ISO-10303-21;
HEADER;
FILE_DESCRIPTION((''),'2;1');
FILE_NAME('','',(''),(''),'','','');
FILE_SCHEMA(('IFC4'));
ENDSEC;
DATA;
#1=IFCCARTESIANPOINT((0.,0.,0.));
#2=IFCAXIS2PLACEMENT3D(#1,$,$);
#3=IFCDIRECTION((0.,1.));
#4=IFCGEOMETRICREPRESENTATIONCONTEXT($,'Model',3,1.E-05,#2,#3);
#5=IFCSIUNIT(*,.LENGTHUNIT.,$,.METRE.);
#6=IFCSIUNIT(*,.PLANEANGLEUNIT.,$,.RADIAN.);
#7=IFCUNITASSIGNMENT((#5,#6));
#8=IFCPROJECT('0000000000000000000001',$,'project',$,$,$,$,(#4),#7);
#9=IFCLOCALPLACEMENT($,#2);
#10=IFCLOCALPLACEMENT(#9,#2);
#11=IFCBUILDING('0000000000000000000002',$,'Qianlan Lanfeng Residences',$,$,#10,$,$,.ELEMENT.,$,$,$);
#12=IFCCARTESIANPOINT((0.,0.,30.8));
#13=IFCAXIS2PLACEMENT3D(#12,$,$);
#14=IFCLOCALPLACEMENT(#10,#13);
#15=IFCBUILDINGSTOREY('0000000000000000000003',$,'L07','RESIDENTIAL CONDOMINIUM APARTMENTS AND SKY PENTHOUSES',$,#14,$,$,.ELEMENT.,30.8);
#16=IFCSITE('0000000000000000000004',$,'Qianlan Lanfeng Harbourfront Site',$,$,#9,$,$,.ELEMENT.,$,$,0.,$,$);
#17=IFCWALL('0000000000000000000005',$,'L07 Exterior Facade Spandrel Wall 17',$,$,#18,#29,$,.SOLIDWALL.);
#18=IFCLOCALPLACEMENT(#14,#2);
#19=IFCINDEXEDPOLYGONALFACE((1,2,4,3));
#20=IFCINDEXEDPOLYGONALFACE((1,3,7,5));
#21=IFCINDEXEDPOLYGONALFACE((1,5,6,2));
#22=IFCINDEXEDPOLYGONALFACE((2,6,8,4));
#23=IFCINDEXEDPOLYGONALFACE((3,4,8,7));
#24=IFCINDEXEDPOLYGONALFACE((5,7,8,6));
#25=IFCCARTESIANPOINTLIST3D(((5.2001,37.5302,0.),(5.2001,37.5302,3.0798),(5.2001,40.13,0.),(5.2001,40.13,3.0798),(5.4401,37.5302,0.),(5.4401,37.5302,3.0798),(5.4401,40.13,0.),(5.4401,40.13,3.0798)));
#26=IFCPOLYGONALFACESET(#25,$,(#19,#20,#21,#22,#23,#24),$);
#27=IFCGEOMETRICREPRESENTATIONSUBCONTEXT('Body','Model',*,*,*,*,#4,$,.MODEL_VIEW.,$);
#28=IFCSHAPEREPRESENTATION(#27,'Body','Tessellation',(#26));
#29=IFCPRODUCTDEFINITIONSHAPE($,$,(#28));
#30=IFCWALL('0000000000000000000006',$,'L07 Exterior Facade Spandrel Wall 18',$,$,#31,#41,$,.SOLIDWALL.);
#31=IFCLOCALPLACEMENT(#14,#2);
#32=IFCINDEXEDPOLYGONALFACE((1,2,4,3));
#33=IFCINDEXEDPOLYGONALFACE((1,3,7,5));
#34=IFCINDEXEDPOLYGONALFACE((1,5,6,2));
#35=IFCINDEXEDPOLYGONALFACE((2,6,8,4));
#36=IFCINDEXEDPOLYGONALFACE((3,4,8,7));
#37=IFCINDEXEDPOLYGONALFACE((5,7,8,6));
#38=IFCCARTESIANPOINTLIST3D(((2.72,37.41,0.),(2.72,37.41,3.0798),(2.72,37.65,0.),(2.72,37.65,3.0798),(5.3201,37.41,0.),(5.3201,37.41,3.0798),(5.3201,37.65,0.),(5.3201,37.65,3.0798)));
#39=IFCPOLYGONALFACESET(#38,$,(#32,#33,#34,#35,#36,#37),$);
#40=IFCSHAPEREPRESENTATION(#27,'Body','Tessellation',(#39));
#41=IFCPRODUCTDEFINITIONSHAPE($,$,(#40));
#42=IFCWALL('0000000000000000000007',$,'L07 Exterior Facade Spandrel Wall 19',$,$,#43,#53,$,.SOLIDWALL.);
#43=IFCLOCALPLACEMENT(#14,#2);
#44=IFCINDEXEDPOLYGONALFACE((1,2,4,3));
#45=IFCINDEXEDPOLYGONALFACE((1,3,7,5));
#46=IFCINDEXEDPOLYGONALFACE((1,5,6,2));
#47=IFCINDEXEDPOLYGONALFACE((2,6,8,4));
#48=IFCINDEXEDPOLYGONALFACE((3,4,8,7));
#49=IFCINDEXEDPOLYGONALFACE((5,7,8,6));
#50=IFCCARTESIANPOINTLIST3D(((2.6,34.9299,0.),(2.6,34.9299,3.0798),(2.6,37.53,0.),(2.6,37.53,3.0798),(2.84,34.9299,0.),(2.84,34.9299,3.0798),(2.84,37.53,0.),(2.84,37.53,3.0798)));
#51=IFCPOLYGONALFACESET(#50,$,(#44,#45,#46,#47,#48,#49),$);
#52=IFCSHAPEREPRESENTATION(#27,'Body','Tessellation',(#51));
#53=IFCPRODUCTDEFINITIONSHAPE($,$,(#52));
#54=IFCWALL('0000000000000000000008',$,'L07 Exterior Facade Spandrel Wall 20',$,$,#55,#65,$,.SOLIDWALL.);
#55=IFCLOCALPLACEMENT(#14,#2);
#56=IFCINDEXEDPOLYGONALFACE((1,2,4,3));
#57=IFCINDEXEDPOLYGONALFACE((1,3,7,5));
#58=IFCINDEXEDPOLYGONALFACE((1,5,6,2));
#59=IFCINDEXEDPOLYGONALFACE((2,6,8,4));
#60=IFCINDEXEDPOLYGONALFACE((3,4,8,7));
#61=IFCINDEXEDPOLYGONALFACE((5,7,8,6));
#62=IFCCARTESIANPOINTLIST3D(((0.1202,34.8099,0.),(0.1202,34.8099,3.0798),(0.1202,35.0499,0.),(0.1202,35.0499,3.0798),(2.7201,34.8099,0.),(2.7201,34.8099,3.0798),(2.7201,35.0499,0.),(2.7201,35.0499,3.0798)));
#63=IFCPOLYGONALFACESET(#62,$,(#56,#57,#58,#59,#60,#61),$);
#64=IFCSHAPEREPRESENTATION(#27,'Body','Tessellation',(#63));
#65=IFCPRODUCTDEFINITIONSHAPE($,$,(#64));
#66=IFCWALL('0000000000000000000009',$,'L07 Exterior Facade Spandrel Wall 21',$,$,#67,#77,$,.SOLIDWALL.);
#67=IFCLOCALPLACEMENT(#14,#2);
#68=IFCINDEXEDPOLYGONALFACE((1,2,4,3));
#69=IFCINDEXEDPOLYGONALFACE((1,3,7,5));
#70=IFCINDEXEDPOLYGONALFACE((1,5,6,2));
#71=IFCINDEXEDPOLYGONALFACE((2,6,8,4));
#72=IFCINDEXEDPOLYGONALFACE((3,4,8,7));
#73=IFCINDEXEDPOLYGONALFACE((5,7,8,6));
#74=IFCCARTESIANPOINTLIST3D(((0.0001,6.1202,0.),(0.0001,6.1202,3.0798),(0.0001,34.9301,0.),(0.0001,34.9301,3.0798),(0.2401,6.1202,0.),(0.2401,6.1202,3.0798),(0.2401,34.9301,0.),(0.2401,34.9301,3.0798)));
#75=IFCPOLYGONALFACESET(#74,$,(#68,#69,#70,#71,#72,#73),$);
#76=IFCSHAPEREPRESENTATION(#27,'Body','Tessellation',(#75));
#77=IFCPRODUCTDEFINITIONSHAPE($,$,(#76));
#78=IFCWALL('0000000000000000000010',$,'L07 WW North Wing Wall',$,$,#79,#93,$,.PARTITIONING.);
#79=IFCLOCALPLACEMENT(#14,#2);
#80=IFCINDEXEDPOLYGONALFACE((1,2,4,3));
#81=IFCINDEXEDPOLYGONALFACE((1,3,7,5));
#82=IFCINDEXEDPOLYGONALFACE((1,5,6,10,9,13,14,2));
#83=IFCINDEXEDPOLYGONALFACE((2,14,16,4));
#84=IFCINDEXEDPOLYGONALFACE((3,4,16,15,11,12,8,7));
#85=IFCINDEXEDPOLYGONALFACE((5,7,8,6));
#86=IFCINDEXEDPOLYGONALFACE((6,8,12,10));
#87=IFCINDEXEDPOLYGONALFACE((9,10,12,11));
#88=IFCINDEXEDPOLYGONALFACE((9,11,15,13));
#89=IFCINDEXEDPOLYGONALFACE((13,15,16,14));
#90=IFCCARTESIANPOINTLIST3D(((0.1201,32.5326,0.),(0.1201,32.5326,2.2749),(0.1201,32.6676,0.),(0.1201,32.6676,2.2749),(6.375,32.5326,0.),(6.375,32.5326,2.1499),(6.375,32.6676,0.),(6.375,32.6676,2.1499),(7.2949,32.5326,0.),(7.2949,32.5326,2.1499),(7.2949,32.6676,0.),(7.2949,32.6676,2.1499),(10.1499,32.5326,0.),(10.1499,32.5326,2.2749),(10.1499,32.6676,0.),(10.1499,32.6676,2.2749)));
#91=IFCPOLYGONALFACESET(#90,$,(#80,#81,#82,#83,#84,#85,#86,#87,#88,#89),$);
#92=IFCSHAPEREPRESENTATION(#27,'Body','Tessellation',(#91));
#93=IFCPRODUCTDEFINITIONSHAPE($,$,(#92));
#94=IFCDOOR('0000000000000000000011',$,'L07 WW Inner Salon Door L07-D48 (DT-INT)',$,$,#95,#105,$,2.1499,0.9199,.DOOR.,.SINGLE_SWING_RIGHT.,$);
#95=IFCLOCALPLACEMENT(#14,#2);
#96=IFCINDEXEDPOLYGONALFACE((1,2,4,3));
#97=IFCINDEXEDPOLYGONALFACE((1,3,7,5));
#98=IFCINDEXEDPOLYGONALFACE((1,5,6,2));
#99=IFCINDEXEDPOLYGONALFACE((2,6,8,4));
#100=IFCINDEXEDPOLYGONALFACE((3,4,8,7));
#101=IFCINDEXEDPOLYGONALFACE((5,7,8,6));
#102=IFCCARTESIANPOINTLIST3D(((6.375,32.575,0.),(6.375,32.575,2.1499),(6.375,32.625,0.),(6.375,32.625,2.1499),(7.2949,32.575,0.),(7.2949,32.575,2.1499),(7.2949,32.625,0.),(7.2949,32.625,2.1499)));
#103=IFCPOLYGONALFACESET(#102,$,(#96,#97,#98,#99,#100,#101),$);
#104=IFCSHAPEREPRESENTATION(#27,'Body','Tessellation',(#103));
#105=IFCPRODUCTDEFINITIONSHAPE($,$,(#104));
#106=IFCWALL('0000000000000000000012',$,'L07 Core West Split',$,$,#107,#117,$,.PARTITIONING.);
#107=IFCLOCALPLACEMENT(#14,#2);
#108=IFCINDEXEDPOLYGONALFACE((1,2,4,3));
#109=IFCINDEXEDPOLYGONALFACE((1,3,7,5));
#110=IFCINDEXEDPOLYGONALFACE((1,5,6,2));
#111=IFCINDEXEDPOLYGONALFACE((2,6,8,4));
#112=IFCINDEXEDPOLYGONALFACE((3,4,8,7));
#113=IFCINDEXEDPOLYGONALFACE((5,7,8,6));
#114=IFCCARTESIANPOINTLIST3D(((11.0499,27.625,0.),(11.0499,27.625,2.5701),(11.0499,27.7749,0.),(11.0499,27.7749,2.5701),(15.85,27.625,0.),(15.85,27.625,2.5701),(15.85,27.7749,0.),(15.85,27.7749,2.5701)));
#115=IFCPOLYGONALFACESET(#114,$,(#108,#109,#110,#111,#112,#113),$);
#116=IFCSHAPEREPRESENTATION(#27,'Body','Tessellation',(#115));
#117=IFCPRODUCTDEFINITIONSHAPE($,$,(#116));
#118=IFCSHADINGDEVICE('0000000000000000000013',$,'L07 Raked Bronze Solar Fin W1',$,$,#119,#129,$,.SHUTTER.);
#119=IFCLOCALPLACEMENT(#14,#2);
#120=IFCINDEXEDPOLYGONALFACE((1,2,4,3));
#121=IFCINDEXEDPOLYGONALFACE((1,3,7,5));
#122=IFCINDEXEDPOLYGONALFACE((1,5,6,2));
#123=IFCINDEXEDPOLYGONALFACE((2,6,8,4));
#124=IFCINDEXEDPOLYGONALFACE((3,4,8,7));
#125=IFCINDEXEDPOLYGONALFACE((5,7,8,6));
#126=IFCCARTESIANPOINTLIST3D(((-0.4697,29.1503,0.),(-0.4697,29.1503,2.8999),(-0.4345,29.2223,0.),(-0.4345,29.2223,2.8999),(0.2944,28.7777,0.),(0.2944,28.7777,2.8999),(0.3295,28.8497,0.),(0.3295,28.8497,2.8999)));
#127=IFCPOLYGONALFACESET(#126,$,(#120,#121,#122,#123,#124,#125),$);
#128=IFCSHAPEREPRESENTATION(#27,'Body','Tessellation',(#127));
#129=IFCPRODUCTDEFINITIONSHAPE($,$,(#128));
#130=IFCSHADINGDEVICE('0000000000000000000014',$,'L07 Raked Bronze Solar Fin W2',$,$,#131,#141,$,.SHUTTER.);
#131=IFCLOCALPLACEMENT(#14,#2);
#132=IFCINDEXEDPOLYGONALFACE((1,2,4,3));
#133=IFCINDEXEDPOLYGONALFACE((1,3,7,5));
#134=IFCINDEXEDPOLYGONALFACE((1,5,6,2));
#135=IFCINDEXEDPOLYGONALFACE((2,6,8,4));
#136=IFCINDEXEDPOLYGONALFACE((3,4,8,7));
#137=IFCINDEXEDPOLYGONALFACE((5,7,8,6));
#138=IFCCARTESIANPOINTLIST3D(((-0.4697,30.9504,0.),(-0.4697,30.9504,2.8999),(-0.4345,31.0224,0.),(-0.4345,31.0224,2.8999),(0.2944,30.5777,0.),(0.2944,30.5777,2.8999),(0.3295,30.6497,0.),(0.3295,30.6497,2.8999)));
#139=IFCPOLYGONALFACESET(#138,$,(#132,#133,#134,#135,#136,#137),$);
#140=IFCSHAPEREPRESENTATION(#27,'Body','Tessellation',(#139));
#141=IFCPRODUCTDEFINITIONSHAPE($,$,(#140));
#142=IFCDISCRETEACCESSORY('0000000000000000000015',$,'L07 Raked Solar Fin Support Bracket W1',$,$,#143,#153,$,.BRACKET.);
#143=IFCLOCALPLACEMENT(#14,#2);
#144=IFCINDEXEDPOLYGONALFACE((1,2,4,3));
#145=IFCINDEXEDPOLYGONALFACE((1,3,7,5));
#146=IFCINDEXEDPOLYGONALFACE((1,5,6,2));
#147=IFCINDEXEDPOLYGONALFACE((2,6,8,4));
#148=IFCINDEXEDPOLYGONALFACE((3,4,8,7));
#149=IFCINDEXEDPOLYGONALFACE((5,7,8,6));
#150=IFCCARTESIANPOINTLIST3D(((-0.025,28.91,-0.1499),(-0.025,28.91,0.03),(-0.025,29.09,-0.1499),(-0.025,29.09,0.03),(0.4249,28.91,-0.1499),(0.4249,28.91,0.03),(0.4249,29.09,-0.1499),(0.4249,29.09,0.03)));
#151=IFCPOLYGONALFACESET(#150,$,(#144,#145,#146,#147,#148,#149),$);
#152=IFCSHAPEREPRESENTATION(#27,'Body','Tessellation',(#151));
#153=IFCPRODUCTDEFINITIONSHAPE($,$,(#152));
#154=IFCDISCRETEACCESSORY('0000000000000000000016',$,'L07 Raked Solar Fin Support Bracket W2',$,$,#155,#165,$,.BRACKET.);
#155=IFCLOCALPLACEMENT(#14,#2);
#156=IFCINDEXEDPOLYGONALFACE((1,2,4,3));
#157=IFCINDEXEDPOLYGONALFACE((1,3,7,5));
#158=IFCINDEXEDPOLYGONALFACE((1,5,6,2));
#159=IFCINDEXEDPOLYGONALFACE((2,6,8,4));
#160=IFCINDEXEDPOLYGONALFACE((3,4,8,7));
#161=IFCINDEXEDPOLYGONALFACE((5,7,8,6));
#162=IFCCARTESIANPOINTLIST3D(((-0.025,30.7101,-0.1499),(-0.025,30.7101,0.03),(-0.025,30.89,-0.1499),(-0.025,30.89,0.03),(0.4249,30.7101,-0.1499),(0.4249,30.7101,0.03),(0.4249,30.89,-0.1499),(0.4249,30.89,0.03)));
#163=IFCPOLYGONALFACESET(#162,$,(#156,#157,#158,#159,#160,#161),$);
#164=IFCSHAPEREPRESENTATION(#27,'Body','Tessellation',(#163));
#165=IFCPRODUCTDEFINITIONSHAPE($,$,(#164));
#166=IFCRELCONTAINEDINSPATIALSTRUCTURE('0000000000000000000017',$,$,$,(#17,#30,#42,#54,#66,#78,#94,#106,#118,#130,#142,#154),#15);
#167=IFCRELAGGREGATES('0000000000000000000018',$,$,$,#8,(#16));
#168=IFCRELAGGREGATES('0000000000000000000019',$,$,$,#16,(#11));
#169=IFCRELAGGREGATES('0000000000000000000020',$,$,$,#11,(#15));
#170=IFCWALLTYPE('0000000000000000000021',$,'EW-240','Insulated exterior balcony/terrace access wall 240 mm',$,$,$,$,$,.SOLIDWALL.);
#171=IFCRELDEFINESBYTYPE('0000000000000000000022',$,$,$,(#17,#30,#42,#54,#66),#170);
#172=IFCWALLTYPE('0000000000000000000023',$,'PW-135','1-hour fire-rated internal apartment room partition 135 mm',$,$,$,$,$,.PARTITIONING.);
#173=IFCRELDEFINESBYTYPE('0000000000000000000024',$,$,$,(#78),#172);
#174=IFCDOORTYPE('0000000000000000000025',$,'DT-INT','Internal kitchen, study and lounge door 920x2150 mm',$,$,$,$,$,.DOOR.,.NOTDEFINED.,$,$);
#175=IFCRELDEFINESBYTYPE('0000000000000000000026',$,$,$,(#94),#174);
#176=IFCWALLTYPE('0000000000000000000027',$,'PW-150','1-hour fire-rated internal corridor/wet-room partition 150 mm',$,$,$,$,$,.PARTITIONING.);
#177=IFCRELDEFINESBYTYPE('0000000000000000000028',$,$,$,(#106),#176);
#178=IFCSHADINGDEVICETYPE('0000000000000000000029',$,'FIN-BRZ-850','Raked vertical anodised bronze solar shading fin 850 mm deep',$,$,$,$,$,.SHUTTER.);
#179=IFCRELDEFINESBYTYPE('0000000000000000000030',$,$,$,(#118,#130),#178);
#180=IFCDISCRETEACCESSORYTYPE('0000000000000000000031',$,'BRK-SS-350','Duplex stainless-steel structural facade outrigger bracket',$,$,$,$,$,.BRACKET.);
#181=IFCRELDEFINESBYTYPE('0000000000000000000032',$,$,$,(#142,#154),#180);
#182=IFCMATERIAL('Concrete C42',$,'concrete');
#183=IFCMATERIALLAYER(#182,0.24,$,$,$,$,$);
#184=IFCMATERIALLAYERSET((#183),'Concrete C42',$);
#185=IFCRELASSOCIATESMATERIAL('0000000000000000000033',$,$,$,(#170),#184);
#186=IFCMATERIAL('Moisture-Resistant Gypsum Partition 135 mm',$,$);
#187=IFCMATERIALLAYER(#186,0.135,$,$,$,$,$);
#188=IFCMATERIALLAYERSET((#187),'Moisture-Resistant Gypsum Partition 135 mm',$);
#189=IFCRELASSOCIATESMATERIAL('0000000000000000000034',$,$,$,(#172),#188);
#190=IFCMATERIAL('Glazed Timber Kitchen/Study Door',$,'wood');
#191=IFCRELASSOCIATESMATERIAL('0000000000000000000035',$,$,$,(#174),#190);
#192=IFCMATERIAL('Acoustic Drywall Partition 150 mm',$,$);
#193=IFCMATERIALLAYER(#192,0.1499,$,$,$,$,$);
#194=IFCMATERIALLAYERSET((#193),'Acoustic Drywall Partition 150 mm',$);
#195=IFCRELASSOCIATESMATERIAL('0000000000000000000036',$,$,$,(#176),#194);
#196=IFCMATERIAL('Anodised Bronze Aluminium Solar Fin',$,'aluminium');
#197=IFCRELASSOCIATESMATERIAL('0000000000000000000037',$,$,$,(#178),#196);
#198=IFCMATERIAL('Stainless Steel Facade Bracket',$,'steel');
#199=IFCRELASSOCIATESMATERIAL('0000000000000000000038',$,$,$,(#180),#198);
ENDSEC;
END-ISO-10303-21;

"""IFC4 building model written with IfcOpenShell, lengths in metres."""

from ifc_helpers import new_model, si_unit, direction, frame, frame_2d, origin, origin_2d, place, context, subcontext, project, spatial, rectangle, extrude, source, transform, mapped, material, layer, layer_set, type_object, element, fill, save


model = new_model("IFC4")

# Units and contexts
model_context = context("Model", 3, precision=1e-05, world=origin(), true_north=direction((0.0, 1.0)))
body_context = subcontext(model_context, "Body", "Model", "MODEL_VIEW")
ifc_project = project(units=[si_unit("LENGTHUNIT", "METRE"), si_unit("PLANEANGLEUNIT", "RADIAN")], contexts=[model_context])

# Site, building, storey
site_placement = place(None, origin())
site = spatial("IfcSite", under=ifc_project, at=site_placement, Name="Qianlan Lanfeng Harbourfront Site", CompositionType="ELEMENT", RefElevation=0.0)
building_placement = place(site_placement, origin())
building = spatial("IfcBuilding", under=site, at=building_placement, Name="Qianlan Lanfeng Residences", CompositionType="ELEMENT")
storey_placement = place(building_placement, frame((0.0, 0.0, 30.8)))
storey = spatial("IfcBuildingStorey", under=building, at=storey_placement, Name="L07", Description="RESIDENTIAL CONDOMINIUM APARTMENTS AND SKY PENTHOUSES", CompositionType="ELEMENT", Elevation=30.8)

# Walls
ifc_material_1 = material(Name="Concrete C42", Category="concrete")
ifc_layer_1 = layer(ifc_material_1, 0.24)
ifc_layer_set_1 = layer_set([ifc_layer_1], Name="Concrete C42")
wall_type_1 = type_object("IfcWallType", Name="EW-240", Description="Insulated exterior balcony/terrace access wall 240 mm", PredefinedType="SOLIDWALL", material=ifc_layer_set_1)
wall_1_placement = place(storey_placement, frame((5.3201, 40.1299, 0.0), z_axis=(0.0, 0.0, 1.0), x_axis=(0.0, -1.0, 0.0)))
element("IfcWall", 1, at=wall_1_placement, inside=storey, type_object=wall_type_1, Name="L07 Exterior Facade Spandrel Wall 17", PredefinedType="SOLIDWALL", context=body_context, shape_type="SweptSolid", body=[
    extrude(rectangle(XDim=2.5999, YDim=0.24, at=frame_2d((1.2998, 0.0))), origin(), (0.0, 0.0, 1.0), 3.0798),
])
for number, where, z_axis, x_axis, name in (
    (2, (5.3201, 37.53, 0.0), (0.0, 0.0, 1.0), (-1.0, 0.0, 0.0), "L07 Exterior Facade Spandrel Wall 18"),
    (3, (2.72, 37.53, 0.0), (0.0, 0.0, 1.0), (0.0, -1.0, 0.0), "L07 Exterior Facade Spandrel Wall 19"),
):
    element("IfcWall", number, at=place(storey_placement, frame(where, z_axis=z_axis, x_axis=x_axis)), inside=storey, type_object=wall_type_1, Name=name, PredefinedType="SOLIDWALL", context=body_context, shape_type="SweptSolid", body=[
        extrude(rectangle(XDim=2.6001, YDim=0.24, at=frame_2d((1.3, 0.0))), origin(), (0.0, 0.0, 1.0), 3.0798),
    ])
wall_2_placement = place(storey_placement, frame((2.72, 34.9299, 0.0), z_axis=(0.0, 0.0, 1.0), x_axis=(-1.0, 0.0, 0.0)))
element("IfcWall", 4, at=wall_2_placement, inside=storey, type_object=wall_type_1, Name="L07 Exterior Facade Spandrel Wall 20", PredefinedType="SOLIDWALL", context=body_context, shape_type="SweptSolid", body=[
    extrude(rectangle(XDim=2.5999, YDim=0.24, at=frame_2d((1.2998, 0.0))), origin(), (0.0, 0.0, 1.0), 3.0798),
])
wall_3_placement = place(storey_placement, frame((0.1201, 34.9299, 0.0), z_axis=(0.0, 0.0, 1.0), x_axis=(0.0, -1.0, 0.0)))
element("IfcWall", 5, at=wall_3_placement, inside=storey, type_object=wall_type_1, Name="L07 Exterior Facade Spandrel Wall 21", PredefinedType="SOLIDWALL", context=body_context, shape_type="SweptSolid", body=[
    extrude(rectangle(XDim=28.8098, YDim=0.24, at=frame_2d((14.4048, 0.0))), origin(), (0.0, 0.0, 1.0), 3.0798),
])

# Wall, opening, door
ifc_material_2 = material(Name="Moisture-Resistant Gypsum Partition 135 mm")
ifc_layer_2 = layer(ifc_material_2, 0.135)
ifc_layer_set_2 = layer_set([ifc_layer_2], Name="Moisture-Resistant Gypsum Partition 135 mm")
wall_type_2 = type_object("IfcWallType", Name="PW-135", Description="1-hour fire-rated internal apartment room partition 135 mm", PredefinedType="PARTITIONING", material=ifc_layer_set_2)
wall_4_placement = place(storey_placement, frame((0.1201, 32.6001, 0.0), z_axis=(0.0, 0.0, 1.0), x_axis=(1.0, 0.0, 0.0)))
wall_4 = element("IfcWall", 6, at=wall_4_placement, inside=storey, type_object=wall_type_2, Name="L07 WW North Wing Wall", PredefinedType="PARTITIONING", context=body_context, shape_type="SweptSolid", body=[
    extrude(rectangle(XDim=10.0298, YDim=0.135, at=frame_2d((5.0149, 0.0))), origin(), (0.0, 0.0, 1.0), 2.2749),
])
opening_1_placement = place(wall_4_placement, frame((6.2549, 0.0, 0.0)))
opening_1 = element("IfcOpeningElement", 7, at=opening_1_placement, cuts=wall_4, PredefinedType="OPENING", context=body_context, shape_type="SweptSolid", body=[
    extrude(rectangle(XDim=0.9199, YDim=2.1499, at=frame_2d((0.46, 1.075))), frame((0.0, 0.0776, 0.0), z_axis=(0.0, -1.0, 0.0), x_axis=(1.0, 0.0, 0.0)), (0.0, 0.0, 1.0), 0.155),
])
ifc_material_3 = material(Name="Glazed Timber Kitchen/Study Door", Category="wood")
door_type_1 = type_object("IfcDoorType", Name="DT-INT", Description="Internal kitchen, study and lounge door 920x2150 mm", OperationType="NOTDEFINED", PredefinedType="DOOR", material=ifc_material_3)
door_1_placement = place(opening_1_placement, origin())
door_1 = element("IfcDoor", 8, at=door_1_placement, inside=storey, type_object=door_type_1, Name="L07 WW Inner Salon Door L07-D48 (DT-INT)", OperationType="SINGLE_SWING_RIGHT", OverallHeight=2.1499, OverallWidth=0.9199, PredefinedType="DOOR", context=body_context, shape_type="SweptSolid", body=[
    extrude(rectangle(XDim=0.9199, YDim=2.1499, at=frame_2d((0.46, 1.075))), frame((0.0, 0.0249, 0.0), z_axis=(0.0, -1.0, 0.0), x_axis=(1.0, 0.0, 0.0)), (0.0, 0.0, 1.0), 0.05),
])
fill(opening_1, door_1)

# Wall
ifc_material_4 = material(Name="Acoustic Drywall Partition 150 mm")
ifc_layer_3 = layer(ifc_material_4, 0.1499)
ifc_layer_set_3 = layer_set([ifc_layer_3], Name="Acoustic Drywall Partition 150 mm")
wall_type_3 = type_object("IfcWallType", Name="PW-150", Description="1-hour fire-rated internal corridor/wet-room partition 150 mm", PredefinedType="PARTITIONING", material=ifc_layer_set_3)
wall_5_placement = place(storey_placement, frame((11.05, 27.7, 0.0), z_axis=(0.0, 0.0, 1.0), x_axis=(1.0, 0.0, 0.0)))
element("IfcWall", 9, at=wall_5_placement, inside=storey, type_object=wall_type_3, Name="L07 Core West Split", PredefinedType="PARTITIONING", context=body_context, shape_type="SweptSolid", body=[
    extrude(rectangle(XDim=4.8, YDim=0.1499, at=frame_2d((2.3999, 0.0))), origin(), (0.0, 0.0, 1.0), 2.5701),
])

# Shading devices
ifc_material_5 = material(Name="Anodised Bronze Aluminium Solar Fin", Category="aluminium")
shading_device_type = type_object("IfcShadingDeviceType", Name="FIN-BRZ-850", Description="Raked vertical anodised bronze solar shading fin 850 mm deep", PredefinedType="SHUTTER", material=ifc_material_5)
shared_shape_1 = source(origin(), body_context, "Body", "SweptSolid", [
    extrude(rectangle(XDim=0.8501, YDim=0.0801, at=origin_2d()), origin(), (0.0, 0.0, 1.0), 2.8999),
])
for number, where, z_axis, x_axis, name in (
    (10, (-0.0701, 29.0, 0.0), (0.0, 0.0, 1.0), (0.898794, -0.438371, 0.0), "L07 Raked Bronze Solar Fin W1"),
    (11, (-0.0701, 30.8, 0.0), (0.0, 0.0, 1.0), (0.898794, -0.438371, 0.0), "L07 Raked Bronze Solar Fin W2"),
):
    element("IfcShadingDevice", number, at=place(storey_placement, frame(where, z_axis=z_axis, x_axis=x_axis)), inside=storey, type_object=shading_device_type, Name=name, PredefinedType="SHUTTER", context=body_context, shape_type="MappedRepresentation", body=[
        mapped(shared_shape_1, transform((0.0, 0.0, 0.0), scale=1.0)),
    ])

# Discrete accessories
ifc_material_6 = material(Name="Stainless Steel Facade Bracket", Category="steel")
discrete_accessory_type = type_object("IfcDiscreteAccessoryType", Name="BRK-SS-350", Description="Duplex stainless-steel structural facade outrigger bracket", PredefinedType="BRACKET", material=ifc_material_6)
shared_shape_2 = source(origin(), body_context, "Body", "SweptSolid", [
    extrude(rectangle(XDim=0.45, YDim=0.1799, at=origin_2d()), origin(), (0.0, 0.0, 1.0), 0.1799),
])
for number, where, z_axis, x_axis, name in (
    (12, (0.2, 29.0, -0.1499), (0.0, 0.0, 1.0), (1.0, 0.0, 0.0), "L07 Raked Solar Fin Support Bracket W1"),
    (13, (0.2, 30.8, -0.1499), (0.0, 0.0, 1.0), (1.0, 0.0, 0.0), "L07 Raked Solar Fin Support Bracket W2"),
):
    element("IfcDiscreteAccessory", number, at=place(storey_placement, frame(where, z_axis=z_axis, x_axis=x_axis)), inside=storey, type_object=discrete_accessory_type, Name=name, PredefinedType="BRACKET", context=body_context, shape_type="MappedRepresentation", body=[
        mapped(shared_shape_2, transform((0.0, 0.0, 0.0), scale=1.0)),
    ])

save(model, "model.ifc")
